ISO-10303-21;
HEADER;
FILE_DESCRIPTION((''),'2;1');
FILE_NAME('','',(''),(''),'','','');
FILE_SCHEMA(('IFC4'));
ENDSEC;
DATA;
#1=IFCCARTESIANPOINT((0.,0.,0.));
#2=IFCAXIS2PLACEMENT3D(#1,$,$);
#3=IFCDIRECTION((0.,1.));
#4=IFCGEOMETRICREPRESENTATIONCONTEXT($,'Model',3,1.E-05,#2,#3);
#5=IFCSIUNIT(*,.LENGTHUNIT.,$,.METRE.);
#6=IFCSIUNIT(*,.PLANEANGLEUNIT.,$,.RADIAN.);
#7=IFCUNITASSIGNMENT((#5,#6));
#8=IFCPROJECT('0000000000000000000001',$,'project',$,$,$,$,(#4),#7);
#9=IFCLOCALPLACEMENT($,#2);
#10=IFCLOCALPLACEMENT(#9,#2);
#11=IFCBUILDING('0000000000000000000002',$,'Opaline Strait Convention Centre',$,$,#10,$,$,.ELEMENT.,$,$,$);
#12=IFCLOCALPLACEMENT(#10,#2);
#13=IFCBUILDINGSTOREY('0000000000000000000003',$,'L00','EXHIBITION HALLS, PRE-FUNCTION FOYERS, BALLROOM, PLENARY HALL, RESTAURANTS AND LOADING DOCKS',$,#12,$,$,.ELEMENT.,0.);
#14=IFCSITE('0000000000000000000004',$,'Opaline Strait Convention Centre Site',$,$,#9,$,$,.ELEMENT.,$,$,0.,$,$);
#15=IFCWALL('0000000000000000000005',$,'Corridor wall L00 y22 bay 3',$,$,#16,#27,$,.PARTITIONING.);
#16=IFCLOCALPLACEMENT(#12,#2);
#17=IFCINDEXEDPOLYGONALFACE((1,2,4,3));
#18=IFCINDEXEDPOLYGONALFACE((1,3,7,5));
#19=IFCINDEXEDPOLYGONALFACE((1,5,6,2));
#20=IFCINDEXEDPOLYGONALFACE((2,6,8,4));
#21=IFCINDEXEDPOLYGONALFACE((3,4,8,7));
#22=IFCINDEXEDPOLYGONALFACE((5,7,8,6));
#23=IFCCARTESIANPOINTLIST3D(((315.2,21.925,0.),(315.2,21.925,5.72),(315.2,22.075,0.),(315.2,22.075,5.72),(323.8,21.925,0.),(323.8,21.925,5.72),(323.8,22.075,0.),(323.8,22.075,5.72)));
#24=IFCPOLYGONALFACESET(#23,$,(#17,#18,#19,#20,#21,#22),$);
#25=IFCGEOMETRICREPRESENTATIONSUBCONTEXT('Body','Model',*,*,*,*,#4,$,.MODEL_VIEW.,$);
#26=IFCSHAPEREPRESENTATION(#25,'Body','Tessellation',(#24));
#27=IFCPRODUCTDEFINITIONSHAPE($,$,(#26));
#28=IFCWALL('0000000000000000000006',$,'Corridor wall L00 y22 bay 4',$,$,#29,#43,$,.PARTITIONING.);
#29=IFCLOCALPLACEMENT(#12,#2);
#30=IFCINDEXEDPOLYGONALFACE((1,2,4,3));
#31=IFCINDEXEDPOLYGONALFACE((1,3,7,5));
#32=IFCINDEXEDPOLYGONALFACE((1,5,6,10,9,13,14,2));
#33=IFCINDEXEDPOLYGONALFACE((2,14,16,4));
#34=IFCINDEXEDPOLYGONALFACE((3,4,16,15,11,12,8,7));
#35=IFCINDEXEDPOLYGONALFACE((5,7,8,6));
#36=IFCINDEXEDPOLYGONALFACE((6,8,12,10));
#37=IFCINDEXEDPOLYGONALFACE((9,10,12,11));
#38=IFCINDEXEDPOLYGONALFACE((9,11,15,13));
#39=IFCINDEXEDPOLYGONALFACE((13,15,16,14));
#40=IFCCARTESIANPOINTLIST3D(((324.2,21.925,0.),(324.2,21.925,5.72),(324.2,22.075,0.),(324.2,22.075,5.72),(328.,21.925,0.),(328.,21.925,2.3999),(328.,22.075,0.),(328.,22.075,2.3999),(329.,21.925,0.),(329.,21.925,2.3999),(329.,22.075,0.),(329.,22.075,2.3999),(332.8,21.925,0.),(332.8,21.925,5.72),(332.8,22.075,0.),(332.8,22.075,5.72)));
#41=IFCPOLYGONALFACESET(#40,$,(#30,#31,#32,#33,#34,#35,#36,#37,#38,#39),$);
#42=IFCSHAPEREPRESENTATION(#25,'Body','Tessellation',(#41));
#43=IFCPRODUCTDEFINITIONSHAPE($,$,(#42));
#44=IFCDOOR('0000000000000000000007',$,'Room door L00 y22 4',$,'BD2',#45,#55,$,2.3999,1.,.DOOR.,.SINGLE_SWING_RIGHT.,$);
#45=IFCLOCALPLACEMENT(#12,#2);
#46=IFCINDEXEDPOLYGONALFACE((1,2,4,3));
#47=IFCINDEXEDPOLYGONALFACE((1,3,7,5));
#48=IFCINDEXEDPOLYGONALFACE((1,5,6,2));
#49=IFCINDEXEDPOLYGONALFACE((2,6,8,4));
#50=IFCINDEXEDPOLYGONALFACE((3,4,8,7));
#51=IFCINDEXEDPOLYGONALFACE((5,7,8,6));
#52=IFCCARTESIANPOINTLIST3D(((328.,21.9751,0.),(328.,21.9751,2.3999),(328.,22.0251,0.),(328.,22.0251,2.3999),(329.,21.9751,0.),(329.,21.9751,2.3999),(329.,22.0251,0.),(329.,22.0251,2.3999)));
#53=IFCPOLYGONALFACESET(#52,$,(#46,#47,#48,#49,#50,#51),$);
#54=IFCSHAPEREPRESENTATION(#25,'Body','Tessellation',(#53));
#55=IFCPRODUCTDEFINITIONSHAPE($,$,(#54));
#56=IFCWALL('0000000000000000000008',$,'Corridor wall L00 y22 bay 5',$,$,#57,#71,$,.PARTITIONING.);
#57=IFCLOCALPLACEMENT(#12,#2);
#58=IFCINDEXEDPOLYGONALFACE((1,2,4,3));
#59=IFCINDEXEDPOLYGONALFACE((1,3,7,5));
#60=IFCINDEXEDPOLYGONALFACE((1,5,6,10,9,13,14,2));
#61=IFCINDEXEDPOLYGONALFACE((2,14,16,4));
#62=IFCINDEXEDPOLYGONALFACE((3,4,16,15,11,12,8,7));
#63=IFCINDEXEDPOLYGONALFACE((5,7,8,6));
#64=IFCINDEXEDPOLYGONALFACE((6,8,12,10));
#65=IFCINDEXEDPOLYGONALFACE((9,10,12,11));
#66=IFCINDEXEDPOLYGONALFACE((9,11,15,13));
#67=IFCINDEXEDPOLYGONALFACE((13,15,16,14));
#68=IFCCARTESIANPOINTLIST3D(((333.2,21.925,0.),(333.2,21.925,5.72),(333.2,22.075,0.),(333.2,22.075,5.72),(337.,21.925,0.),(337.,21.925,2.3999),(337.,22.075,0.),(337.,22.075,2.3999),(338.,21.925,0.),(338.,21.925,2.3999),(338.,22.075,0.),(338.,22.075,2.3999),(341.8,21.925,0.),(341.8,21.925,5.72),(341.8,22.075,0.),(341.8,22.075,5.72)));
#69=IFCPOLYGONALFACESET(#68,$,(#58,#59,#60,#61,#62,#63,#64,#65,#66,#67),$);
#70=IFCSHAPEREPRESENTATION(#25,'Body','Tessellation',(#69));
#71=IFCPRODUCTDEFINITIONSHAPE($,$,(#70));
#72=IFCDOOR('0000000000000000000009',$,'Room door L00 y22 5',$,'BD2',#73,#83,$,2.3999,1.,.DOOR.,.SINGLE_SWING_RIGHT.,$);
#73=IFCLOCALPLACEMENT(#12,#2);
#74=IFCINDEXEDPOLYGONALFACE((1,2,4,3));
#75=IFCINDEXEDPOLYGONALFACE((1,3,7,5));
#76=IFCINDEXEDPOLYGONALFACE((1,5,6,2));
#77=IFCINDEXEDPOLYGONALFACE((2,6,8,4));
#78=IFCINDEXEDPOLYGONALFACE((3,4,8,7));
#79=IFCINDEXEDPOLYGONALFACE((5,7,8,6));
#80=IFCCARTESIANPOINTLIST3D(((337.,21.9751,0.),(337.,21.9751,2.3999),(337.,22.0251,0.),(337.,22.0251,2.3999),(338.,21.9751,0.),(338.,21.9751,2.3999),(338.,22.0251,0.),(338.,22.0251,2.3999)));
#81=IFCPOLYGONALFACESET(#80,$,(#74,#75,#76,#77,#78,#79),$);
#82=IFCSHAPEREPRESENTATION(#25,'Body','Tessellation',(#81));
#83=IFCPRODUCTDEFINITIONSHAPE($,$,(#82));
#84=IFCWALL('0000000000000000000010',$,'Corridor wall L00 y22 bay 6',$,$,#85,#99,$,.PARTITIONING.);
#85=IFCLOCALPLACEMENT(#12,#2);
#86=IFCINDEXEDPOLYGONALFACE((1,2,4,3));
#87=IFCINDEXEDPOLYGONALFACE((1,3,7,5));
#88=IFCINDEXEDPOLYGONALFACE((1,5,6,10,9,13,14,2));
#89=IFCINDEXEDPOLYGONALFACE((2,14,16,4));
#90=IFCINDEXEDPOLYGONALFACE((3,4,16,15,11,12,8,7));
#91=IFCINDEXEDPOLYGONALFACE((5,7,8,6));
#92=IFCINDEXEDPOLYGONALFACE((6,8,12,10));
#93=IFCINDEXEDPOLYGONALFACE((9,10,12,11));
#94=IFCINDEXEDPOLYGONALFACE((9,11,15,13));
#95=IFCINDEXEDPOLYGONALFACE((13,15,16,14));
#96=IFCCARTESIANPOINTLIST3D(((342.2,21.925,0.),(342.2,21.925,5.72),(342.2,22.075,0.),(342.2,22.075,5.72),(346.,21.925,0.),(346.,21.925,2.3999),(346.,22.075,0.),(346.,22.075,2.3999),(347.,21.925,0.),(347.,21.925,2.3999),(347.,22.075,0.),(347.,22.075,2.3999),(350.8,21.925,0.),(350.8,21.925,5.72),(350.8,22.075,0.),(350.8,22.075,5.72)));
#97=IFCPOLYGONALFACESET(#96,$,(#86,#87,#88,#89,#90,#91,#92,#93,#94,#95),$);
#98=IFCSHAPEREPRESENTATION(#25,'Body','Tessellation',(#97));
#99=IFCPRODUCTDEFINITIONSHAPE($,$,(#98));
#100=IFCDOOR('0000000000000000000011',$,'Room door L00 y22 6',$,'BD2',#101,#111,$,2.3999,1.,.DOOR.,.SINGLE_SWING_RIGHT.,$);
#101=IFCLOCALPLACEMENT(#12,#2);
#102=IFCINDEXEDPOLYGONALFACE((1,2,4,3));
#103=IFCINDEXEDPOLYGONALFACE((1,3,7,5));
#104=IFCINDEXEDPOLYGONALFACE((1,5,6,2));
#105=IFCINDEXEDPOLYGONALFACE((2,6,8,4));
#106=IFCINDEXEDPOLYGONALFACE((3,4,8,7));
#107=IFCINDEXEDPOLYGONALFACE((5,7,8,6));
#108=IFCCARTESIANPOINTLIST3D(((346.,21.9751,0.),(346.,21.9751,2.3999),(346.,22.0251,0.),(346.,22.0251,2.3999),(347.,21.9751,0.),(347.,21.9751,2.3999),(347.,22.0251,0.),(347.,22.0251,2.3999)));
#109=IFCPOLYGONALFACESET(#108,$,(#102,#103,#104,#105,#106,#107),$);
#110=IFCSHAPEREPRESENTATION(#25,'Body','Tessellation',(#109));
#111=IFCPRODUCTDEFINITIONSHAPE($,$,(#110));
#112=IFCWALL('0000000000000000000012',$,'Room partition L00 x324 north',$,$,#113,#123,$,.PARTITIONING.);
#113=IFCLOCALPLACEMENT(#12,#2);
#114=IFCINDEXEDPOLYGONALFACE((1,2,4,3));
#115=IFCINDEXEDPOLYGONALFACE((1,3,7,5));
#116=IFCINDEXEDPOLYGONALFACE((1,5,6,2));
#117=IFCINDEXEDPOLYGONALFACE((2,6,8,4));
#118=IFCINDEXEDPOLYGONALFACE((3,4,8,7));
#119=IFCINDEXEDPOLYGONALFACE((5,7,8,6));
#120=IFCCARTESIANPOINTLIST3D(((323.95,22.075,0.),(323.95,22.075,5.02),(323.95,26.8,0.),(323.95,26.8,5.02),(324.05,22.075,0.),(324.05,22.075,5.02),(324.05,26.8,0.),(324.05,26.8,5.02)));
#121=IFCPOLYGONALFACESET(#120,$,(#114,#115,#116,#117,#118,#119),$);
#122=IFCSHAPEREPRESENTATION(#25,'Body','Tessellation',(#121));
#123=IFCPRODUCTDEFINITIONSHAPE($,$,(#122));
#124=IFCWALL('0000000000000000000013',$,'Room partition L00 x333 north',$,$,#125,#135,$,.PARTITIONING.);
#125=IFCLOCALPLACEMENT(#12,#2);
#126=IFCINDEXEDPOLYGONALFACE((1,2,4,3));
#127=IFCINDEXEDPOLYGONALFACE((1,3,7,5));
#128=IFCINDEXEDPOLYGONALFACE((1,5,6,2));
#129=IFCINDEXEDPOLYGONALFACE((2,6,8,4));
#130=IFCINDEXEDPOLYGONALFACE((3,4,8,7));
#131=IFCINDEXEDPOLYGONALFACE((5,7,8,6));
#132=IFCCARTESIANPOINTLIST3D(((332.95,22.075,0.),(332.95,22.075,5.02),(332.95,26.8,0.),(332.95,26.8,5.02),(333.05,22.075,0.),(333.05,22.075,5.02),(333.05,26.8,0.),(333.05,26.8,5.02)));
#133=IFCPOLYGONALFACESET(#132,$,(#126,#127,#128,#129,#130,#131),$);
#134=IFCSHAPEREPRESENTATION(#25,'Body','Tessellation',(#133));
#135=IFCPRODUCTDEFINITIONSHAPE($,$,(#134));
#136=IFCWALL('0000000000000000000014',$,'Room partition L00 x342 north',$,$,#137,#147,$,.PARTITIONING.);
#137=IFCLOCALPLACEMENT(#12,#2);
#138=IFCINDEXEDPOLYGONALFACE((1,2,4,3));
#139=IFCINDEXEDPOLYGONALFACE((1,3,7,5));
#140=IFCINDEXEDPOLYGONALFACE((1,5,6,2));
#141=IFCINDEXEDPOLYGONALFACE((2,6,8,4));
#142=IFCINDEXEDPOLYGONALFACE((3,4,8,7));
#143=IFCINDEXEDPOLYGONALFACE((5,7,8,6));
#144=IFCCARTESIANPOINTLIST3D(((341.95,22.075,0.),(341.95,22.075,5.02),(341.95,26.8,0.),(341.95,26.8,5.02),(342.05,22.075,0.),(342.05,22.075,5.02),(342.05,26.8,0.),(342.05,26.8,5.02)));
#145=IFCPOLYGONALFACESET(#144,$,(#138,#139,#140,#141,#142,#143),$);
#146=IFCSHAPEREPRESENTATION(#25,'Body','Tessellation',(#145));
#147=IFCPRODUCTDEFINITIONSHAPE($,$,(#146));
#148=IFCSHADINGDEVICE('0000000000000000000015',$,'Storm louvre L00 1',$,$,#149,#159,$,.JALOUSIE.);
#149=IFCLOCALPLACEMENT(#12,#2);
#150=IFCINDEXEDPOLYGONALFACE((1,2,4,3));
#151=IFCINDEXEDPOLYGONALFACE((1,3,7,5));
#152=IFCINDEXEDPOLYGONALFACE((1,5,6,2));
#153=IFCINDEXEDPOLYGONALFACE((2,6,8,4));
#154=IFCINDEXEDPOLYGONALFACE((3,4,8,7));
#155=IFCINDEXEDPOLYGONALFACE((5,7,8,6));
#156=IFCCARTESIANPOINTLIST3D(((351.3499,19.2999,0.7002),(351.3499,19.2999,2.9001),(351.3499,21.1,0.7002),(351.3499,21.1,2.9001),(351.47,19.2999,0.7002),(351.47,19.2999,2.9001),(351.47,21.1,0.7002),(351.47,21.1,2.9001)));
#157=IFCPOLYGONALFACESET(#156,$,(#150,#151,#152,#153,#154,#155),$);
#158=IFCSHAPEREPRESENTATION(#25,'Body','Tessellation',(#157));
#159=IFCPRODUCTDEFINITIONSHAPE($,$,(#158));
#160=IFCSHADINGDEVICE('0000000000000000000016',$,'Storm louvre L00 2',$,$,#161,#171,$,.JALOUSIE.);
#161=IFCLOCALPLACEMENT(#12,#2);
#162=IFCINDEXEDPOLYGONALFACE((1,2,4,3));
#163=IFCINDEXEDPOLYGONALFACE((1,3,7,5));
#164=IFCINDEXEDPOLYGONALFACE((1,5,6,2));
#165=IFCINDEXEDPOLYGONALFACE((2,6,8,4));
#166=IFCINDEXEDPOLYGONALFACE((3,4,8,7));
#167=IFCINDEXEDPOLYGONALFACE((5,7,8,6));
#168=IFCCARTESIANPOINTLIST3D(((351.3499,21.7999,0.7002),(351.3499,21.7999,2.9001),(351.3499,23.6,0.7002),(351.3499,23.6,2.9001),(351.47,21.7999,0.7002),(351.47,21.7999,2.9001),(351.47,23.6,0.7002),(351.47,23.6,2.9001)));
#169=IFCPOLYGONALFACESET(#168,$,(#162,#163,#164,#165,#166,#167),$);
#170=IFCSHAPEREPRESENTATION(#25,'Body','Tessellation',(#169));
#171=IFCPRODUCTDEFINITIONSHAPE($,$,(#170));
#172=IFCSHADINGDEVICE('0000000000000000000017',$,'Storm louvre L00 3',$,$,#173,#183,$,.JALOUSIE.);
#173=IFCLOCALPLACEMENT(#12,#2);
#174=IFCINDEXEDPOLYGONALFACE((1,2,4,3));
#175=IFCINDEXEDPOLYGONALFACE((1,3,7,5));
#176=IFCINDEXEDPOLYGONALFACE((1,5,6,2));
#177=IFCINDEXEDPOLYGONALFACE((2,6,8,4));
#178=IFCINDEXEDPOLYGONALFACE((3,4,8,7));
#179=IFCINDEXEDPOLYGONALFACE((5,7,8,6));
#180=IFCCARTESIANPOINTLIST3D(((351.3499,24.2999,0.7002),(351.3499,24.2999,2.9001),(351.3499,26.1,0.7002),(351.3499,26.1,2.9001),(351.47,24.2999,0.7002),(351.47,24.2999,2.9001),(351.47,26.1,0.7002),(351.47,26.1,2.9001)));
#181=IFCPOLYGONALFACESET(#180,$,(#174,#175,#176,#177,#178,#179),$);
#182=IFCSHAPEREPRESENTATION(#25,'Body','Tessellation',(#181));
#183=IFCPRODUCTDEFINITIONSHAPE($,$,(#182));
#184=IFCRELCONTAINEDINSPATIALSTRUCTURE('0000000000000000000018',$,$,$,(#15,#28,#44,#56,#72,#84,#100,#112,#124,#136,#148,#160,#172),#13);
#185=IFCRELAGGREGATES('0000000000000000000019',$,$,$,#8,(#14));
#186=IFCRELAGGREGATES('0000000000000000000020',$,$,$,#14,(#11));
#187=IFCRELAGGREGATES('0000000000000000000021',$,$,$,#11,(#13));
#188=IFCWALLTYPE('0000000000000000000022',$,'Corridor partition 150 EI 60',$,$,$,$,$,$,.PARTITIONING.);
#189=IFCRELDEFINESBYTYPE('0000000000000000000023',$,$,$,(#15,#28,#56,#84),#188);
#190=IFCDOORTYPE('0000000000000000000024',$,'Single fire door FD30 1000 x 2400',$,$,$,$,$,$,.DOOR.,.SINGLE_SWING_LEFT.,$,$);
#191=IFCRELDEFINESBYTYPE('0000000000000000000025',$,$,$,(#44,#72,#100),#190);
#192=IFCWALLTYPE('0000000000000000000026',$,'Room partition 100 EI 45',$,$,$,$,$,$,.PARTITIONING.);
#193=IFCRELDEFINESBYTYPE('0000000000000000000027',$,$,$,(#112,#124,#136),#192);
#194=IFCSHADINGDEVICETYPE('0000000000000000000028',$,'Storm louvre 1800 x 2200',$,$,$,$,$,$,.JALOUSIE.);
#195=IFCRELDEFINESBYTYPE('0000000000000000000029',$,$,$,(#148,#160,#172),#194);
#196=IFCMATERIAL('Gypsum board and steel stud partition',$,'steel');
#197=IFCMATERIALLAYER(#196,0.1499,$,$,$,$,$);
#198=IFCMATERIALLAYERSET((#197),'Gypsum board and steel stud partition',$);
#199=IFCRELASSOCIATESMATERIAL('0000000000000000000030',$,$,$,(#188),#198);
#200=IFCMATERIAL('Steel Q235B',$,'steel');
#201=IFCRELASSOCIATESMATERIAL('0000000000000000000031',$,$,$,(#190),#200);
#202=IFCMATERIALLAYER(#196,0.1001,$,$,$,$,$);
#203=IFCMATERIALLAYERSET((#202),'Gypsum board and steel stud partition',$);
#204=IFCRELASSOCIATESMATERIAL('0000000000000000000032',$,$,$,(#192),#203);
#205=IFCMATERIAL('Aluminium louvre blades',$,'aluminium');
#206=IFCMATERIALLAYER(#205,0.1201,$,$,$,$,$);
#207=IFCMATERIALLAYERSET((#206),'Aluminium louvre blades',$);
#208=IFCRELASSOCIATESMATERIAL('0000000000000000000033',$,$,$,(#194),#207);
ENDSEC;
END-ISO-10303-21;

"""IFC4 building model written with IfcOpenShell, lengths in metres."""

from ifc_helpers import new_model, si_unit, direction, frame, frame_2d, origin, origin_2d, place, context, subcontext, project, spatial, rectangle, extrude, material, layer, layer_set, type_object, element, fill, save


model = new_model("IFC4")

# Units and contexts
model_context = context("Model", 3, precision=1e-05, world=origin(), true_north=direction((0.0, 1.0)))
body_context = subcontext(model_context, "Body", "Model", "MODEL_VIEW")
ifc_project = project(units=[si_unit("LENGTHUNIT", "METRE"), si_unit("PLANEANGLEUNIT", "RADIAN")], contexts=[model_context])

# Site, building, storey
site_placement = place(None, origin())
site = spatial("IfcSite", under=ifc_project, at=site_placement, Name="Opaline Strait Convention Centre Site", CompositionType="ELEMENT", RefElevation=0.0)
building_placement = place(site_placement, origin())
building = spatial("IfcBuilding", under=site, at=building_placement, Name="Opaline Strait Convention Centre", CompositionType="ELEMENT")
storey_placement = place(building_placement, origin())
storey = spatial("IfcBuildingStorey", under=building, at=storey_placement, Name="L00", Description="EXHIBITION HALLS, PRE-FUNCTION FOYERS, BALLROOM, PLENARY HALL, RESTAURANTS AND LOADING DOCKS", CompositionType="ELEMENT", Elevation=0.0)

# Wall
ifc_material_1 = material(Name="Gypsum board and steel stud partition", Category="steel")
ifc_layer_1 = layer(ifc_material_1, 0.1499)
ifc_layer_set_1 = layer_set([ifc_layer_1], Name="Gypsum board and steel stud partition")
wall_type_1 = type_object("IfcWallType", Name="Corridor partition 150 EI 60", PredefinedType="PARTITIONING", material=ifc_layer_set_1)
wall_1_placement = place(storey_placement, frame((315.2, 22.0, 0.0), z_axis=(0.0, 0.0, 1.0), x_axis=(1.0, 0.0, 0.0)))
element("IfcWall", 1, at=wall_1_placement, inside=storey, type_object=wall_type_1, Name="Corridor wall L00 y22 bay 3", PredefinedType="PARTITIONING", context=body_context, shape_type="SweptSolid", body=[
    extrude(rectangle(XDim=8.6001, YDim=0.1499, at=frame_2d((4.3, 0.0))), origin(), (0.0, 0.0, 1.0), 5.72),
])

# Walls, openings, doors
wall_2_placement = place(storey_placement, frame((324.2, 22.0, 0.0), z_axis=(0.0, 0.0, 1.0), x_axis=(1.0, 0.0, 0.0)))
wall_2 = element("IfcWall", 2, at=wall_2_placement, inside=storey, type_object=wall_type_1, Name="Corridor wall L00 y22 bay 4", PredefinedType="PARTITIONING", context=body_context, shape_type="SweptSolid", body=[
    extrude(rectangle(XDim=8.6001, YDim=0.1499, at=frame_2d((4.3, 0.0))), origin(), (0.0, 0.0, 1.0), 5.72),
])
opening_1_placement = place(wall_2_placement, frame((3.8, 0.0, 0.0)))
opening_1 = element("IfcOpeningElement", 3, at=opening_1_placement, cuts=wall_2, PredefinedType="OPENING", context=body_context, shape_type="SweptSolid", body=[
    extrude(rectangle(XDim=1.0, YDim=2.3999, at=frame_2d((0.5, 1.2))), frame((0.0, 0.085, 0.0), z_axis=(0.0, -1.0, 0.0), x_axis=(1.0, 0.0, 0.0)), (0.0, 0.0, 1.0), 0.1699),
])
ifc_material_2 = material(Name="Steel Q235B", Category="steel")
door_type = type_object("IfcDoorType", Name="Single fire door FD30 1000 x 2400", OperationType="SINGLE_SWING_LEFT", PredefinedType="DOOR", material=ifc_material_2)
door_1_placement = place(opening_1_placement, frame((1.0, 0.0, 0.0), z_axis=(0.0, 0.0, 1.0), x_axis=(-1.0, 0.0, 0.0)))
door_1 = element("IfcDoor", 4, at=door_1_placement, inside=storey, type_object=door_type, Name="Room door L00 y22 4", ObjectType="BD2", OperationType="SINGLE_SWING_RIGHT", OverallHeight=2.3999, OverallWidth=1.0, PredefinedType="DOOR", context=body_context, shape_type="SweptSolid", body=[
    extrude(rectangle(XDim=1.0, YDim=2.3999, at=frame_2d((0.5, 1.2))), frame((0.0, 0.0249, 0.0), z_axis=(0.0, -1.0, 0.0), x_axis=(1.0, 0.0, 0.0)), (0.0, 0.0, 1.0), 0.05),
])
fill(opening_1, door_1)
wall_3_placement = place(storey_placement, frame((333.2, 22.0, 0.0), z_axis=(0.0, 0.0, 1.0), x_axis=(1.0, 0.0, 0.0)))
wall_3 = element("IfcWall", 5, at=wall_3_placement, inside=storey, type_object=wall_type_1, Name="Corridor wall L00 y22 bay 5", PredefinedType="PARTITIONING", context=body_context, shape_type="SweptSolid", body=[
    extrude(rectangle(XDim=8.6001, YDim=0.1499, at=frame_2d((4.3, 0.0))), origin(), (0.0, 0.0, 1.0), 5.72),
])
opening_2_placement = place(wall_3_placement, frame((3.8, 0.0, 0.0)))
opening_2 = element("IfcOpeningElement", 6, at=opening_2_placement, cuts=wall_3, PredefinedType="OPENING", context=body_context, shape_type="SweptSolid", body=[
    extrude(rectangle(XDim=1.0, YDim=2.3999, at=frame_2d((0.5, 1.2))), frame((0.0, 0.085, 0.0), z_axis=(0.0, -1.0, 0.0), x_axis=(1.0, 0.0, 0.0)), (0.0, 0.0, 1.0), 0.1699),
])
door_2_placement = place(opening_2_placement, frame((1.0, 0.0, 0.0), z_axis=(0.0, 0.0, 1.0), x_axis=(-1.0, 0.0, 0.0)))
door_2 = element("IfcDoor", 7, at=door_2_placement, inside=storey, type_object=door_type, Name="Room door L00 y22 5", ObjectType="BD2", OperationType="SINGLE_SWING_RIGHT", OverallHeight=2.3999, OverallWidth=1.0, PredefinedType="DOOR", context=body_context, shape_type="SweptSolid", body=[
    extrude(rectangle(XDim=1.0, YDim=2.3999, at=frame_2d((0.5, 1.2))), frame((0.0, 0.0249, 0.0), z_axis=(0.0, -1.0, 0.0), x_axis=(1.0, 0.0, 0.0)), (0.0, 0.0, 1.0), 0.05),
])
fill(opening_2, door_2)
wall_4_placement = place(storey_placement, frame((342.2, 22.0, 0.0), z_axis=(0.0, 0.0, 1.0), x_axis=(1.0, 0.0, 0.0)))
wall_4 = element("IfcWall", 8, at=wall_4_placement, inside=storey, type_object=wall_type_1, Name="Corridor wall L00 y22 bay 6", PredefinedType="PARTITIONING", context=body_context, shape_type="SweptSolid", body=[
    extrude(rectangle(XDim=8.6001, YDim=0.1499, at=frame_2d((4.3, 0.0))), origin(), (0.0, 0.0, 1.0), 5.72),
])
opening_3_placement = place(wall_4_placement, frame((3.8, 0.0, 0.0)))
opening_3 = element("IfcOpeningElement", 9, at=opening_3_placement, cuts=wall_4, PredefinedType="OPENING", context=body_context, shape_type="SweptSolid", body=[
    extrude(rectangle(XDim=1.0, YDim=2.3999, at=frame_2d((0.5, 1.2))), frame((0.0, 0.085, 0.0), z_axis=(0.0, -1.0, 0.0), x_axis=(1.0, 0.0, 0.0)), (0.0, 0.0, 1.0), 0.1699),
])
door_3_placement = place(opening_3_placement, frame((1.0, 0.0, 0.0), z_axis=(0.0, 0.0, 1.0), x_axis=(-1.0, 0.0, 0.0)))
door_3 = element("IfcDoor", 10, at=door_3_placement, inside=storey, type_object=door_type, Name="Room door L00 y22 6", ObjectType="BD2", OperationType="SINGLE_SWING_RIGHT", OverallHeight=2.3999, OverallWidth=1.0, PredefinedType="DOOR", context=body_context, shape_type="SweptSolid", body=[
    extrude(rectangle(XDim=1.0, YDim=2.3999, at=frame_2d((0.5, 1.2))), frame((0.0, 0.0249, 0.0), z_axis=(0.0, -1.0, 0.0), x_axis=(1.0, 0.0, 0.0)), (0.0, 0.0, 1.0), 0.05),
])
fill(opening_3, door_3)

# Walls
ifc_layer_2 = layer(ifc_material_1, 0.1001)
ifc_layer_set_2 = layer_set([ifc_layer_2], Name="Gypsum board and steel stud partition")
wall_type_2 = type_object("IfcWallType", Name="Room partition 100 EI 45", PredefinedType="PARTITIONING", material=ifc_layer_set_2)
for number, where, z_axis, x_axis, name in (
    (11, (324.0, 22.075, 0.0), (0.0, 0.0, 1.0), (0.0, 1.0, 0.0), "Room partition L00 x324 north"),
    (12, (333.0, 22.075, 0.0), (0.0, 0.0, 1.0), (0.0, 1.0, 0.0), "Room partition L00 x333 north"),
    (13, (342.0, 22.075, 0.0), (0.0, 0.0, 1.0), (0.0, 1.0, 0.0), "Room partition L00 x342 north"),
):
    element("IfcWall", number, at=place(storey_placement, frame(where, z_axis=z_axis, x_axis=x_axis)), inside=storey, type_object=wall_type_2, Name=name, PredefinedType="PARTITIONING", context=body_context, shape_type="SweptSolid", body=[
        extrude(rectangle(XDim=4.7251, YDim=0.1001, at=frame_2d((2.3625, 0.0))), origin(), (0.0, 0.0, 1.0), 5.02),
    ])

# Shading devices
ifc_material_3 = material(Name="Aluminium louvre blades", Category="aluminium")
ifc_layer_3 = layer(ifc_material_3, 0.1201)
ifc_layer_set_3 = layer_set([ifc_layer_3], Name="Aluminium louvre blades")
shading_device_type = type_object("IfcShadingDeviceType", Name="Storm louvre 1800 x 2200", PredefinedType="JALOUSIE", material=ifc_layer_set_3)
for number, where, z_axis, x_axis, name in (
    (14, (351.4099, 20.2, 0.7002), (0.0, 0.0, 1.0), (1.0, 0.0, 0.0), "Storm louvre L00 1"),
    (15, (351.4099, 22.7, 0.7002), (0.0, 0.0, 1.0), (1.0, 0.0, 0.0), "Storm louvre L00 2"),
    (16, (351.4099, 25.2, 0.7002), (0.0, 0.0, 1.0), (1.0, 0.0, 0.0), "Storm louvre L00 3"),
):
    element("IfcShadingDevice", number, at=place(storey_placement, frame(where, z_axis=z_axis, x_axis=x_axis)), inside=storey, type_object=shading_device_type, Name=name, PredefinedType="JALOUSIE", context=body_context, shape_type="SweptSolid", body=[
        extrude(rectangle(XDim=0.1201, YDim=1.8, at=origin_2d()), origin(), (0.0, 0.0, 1.0), 2.2),
    ])

save(model, "model.ifc")
